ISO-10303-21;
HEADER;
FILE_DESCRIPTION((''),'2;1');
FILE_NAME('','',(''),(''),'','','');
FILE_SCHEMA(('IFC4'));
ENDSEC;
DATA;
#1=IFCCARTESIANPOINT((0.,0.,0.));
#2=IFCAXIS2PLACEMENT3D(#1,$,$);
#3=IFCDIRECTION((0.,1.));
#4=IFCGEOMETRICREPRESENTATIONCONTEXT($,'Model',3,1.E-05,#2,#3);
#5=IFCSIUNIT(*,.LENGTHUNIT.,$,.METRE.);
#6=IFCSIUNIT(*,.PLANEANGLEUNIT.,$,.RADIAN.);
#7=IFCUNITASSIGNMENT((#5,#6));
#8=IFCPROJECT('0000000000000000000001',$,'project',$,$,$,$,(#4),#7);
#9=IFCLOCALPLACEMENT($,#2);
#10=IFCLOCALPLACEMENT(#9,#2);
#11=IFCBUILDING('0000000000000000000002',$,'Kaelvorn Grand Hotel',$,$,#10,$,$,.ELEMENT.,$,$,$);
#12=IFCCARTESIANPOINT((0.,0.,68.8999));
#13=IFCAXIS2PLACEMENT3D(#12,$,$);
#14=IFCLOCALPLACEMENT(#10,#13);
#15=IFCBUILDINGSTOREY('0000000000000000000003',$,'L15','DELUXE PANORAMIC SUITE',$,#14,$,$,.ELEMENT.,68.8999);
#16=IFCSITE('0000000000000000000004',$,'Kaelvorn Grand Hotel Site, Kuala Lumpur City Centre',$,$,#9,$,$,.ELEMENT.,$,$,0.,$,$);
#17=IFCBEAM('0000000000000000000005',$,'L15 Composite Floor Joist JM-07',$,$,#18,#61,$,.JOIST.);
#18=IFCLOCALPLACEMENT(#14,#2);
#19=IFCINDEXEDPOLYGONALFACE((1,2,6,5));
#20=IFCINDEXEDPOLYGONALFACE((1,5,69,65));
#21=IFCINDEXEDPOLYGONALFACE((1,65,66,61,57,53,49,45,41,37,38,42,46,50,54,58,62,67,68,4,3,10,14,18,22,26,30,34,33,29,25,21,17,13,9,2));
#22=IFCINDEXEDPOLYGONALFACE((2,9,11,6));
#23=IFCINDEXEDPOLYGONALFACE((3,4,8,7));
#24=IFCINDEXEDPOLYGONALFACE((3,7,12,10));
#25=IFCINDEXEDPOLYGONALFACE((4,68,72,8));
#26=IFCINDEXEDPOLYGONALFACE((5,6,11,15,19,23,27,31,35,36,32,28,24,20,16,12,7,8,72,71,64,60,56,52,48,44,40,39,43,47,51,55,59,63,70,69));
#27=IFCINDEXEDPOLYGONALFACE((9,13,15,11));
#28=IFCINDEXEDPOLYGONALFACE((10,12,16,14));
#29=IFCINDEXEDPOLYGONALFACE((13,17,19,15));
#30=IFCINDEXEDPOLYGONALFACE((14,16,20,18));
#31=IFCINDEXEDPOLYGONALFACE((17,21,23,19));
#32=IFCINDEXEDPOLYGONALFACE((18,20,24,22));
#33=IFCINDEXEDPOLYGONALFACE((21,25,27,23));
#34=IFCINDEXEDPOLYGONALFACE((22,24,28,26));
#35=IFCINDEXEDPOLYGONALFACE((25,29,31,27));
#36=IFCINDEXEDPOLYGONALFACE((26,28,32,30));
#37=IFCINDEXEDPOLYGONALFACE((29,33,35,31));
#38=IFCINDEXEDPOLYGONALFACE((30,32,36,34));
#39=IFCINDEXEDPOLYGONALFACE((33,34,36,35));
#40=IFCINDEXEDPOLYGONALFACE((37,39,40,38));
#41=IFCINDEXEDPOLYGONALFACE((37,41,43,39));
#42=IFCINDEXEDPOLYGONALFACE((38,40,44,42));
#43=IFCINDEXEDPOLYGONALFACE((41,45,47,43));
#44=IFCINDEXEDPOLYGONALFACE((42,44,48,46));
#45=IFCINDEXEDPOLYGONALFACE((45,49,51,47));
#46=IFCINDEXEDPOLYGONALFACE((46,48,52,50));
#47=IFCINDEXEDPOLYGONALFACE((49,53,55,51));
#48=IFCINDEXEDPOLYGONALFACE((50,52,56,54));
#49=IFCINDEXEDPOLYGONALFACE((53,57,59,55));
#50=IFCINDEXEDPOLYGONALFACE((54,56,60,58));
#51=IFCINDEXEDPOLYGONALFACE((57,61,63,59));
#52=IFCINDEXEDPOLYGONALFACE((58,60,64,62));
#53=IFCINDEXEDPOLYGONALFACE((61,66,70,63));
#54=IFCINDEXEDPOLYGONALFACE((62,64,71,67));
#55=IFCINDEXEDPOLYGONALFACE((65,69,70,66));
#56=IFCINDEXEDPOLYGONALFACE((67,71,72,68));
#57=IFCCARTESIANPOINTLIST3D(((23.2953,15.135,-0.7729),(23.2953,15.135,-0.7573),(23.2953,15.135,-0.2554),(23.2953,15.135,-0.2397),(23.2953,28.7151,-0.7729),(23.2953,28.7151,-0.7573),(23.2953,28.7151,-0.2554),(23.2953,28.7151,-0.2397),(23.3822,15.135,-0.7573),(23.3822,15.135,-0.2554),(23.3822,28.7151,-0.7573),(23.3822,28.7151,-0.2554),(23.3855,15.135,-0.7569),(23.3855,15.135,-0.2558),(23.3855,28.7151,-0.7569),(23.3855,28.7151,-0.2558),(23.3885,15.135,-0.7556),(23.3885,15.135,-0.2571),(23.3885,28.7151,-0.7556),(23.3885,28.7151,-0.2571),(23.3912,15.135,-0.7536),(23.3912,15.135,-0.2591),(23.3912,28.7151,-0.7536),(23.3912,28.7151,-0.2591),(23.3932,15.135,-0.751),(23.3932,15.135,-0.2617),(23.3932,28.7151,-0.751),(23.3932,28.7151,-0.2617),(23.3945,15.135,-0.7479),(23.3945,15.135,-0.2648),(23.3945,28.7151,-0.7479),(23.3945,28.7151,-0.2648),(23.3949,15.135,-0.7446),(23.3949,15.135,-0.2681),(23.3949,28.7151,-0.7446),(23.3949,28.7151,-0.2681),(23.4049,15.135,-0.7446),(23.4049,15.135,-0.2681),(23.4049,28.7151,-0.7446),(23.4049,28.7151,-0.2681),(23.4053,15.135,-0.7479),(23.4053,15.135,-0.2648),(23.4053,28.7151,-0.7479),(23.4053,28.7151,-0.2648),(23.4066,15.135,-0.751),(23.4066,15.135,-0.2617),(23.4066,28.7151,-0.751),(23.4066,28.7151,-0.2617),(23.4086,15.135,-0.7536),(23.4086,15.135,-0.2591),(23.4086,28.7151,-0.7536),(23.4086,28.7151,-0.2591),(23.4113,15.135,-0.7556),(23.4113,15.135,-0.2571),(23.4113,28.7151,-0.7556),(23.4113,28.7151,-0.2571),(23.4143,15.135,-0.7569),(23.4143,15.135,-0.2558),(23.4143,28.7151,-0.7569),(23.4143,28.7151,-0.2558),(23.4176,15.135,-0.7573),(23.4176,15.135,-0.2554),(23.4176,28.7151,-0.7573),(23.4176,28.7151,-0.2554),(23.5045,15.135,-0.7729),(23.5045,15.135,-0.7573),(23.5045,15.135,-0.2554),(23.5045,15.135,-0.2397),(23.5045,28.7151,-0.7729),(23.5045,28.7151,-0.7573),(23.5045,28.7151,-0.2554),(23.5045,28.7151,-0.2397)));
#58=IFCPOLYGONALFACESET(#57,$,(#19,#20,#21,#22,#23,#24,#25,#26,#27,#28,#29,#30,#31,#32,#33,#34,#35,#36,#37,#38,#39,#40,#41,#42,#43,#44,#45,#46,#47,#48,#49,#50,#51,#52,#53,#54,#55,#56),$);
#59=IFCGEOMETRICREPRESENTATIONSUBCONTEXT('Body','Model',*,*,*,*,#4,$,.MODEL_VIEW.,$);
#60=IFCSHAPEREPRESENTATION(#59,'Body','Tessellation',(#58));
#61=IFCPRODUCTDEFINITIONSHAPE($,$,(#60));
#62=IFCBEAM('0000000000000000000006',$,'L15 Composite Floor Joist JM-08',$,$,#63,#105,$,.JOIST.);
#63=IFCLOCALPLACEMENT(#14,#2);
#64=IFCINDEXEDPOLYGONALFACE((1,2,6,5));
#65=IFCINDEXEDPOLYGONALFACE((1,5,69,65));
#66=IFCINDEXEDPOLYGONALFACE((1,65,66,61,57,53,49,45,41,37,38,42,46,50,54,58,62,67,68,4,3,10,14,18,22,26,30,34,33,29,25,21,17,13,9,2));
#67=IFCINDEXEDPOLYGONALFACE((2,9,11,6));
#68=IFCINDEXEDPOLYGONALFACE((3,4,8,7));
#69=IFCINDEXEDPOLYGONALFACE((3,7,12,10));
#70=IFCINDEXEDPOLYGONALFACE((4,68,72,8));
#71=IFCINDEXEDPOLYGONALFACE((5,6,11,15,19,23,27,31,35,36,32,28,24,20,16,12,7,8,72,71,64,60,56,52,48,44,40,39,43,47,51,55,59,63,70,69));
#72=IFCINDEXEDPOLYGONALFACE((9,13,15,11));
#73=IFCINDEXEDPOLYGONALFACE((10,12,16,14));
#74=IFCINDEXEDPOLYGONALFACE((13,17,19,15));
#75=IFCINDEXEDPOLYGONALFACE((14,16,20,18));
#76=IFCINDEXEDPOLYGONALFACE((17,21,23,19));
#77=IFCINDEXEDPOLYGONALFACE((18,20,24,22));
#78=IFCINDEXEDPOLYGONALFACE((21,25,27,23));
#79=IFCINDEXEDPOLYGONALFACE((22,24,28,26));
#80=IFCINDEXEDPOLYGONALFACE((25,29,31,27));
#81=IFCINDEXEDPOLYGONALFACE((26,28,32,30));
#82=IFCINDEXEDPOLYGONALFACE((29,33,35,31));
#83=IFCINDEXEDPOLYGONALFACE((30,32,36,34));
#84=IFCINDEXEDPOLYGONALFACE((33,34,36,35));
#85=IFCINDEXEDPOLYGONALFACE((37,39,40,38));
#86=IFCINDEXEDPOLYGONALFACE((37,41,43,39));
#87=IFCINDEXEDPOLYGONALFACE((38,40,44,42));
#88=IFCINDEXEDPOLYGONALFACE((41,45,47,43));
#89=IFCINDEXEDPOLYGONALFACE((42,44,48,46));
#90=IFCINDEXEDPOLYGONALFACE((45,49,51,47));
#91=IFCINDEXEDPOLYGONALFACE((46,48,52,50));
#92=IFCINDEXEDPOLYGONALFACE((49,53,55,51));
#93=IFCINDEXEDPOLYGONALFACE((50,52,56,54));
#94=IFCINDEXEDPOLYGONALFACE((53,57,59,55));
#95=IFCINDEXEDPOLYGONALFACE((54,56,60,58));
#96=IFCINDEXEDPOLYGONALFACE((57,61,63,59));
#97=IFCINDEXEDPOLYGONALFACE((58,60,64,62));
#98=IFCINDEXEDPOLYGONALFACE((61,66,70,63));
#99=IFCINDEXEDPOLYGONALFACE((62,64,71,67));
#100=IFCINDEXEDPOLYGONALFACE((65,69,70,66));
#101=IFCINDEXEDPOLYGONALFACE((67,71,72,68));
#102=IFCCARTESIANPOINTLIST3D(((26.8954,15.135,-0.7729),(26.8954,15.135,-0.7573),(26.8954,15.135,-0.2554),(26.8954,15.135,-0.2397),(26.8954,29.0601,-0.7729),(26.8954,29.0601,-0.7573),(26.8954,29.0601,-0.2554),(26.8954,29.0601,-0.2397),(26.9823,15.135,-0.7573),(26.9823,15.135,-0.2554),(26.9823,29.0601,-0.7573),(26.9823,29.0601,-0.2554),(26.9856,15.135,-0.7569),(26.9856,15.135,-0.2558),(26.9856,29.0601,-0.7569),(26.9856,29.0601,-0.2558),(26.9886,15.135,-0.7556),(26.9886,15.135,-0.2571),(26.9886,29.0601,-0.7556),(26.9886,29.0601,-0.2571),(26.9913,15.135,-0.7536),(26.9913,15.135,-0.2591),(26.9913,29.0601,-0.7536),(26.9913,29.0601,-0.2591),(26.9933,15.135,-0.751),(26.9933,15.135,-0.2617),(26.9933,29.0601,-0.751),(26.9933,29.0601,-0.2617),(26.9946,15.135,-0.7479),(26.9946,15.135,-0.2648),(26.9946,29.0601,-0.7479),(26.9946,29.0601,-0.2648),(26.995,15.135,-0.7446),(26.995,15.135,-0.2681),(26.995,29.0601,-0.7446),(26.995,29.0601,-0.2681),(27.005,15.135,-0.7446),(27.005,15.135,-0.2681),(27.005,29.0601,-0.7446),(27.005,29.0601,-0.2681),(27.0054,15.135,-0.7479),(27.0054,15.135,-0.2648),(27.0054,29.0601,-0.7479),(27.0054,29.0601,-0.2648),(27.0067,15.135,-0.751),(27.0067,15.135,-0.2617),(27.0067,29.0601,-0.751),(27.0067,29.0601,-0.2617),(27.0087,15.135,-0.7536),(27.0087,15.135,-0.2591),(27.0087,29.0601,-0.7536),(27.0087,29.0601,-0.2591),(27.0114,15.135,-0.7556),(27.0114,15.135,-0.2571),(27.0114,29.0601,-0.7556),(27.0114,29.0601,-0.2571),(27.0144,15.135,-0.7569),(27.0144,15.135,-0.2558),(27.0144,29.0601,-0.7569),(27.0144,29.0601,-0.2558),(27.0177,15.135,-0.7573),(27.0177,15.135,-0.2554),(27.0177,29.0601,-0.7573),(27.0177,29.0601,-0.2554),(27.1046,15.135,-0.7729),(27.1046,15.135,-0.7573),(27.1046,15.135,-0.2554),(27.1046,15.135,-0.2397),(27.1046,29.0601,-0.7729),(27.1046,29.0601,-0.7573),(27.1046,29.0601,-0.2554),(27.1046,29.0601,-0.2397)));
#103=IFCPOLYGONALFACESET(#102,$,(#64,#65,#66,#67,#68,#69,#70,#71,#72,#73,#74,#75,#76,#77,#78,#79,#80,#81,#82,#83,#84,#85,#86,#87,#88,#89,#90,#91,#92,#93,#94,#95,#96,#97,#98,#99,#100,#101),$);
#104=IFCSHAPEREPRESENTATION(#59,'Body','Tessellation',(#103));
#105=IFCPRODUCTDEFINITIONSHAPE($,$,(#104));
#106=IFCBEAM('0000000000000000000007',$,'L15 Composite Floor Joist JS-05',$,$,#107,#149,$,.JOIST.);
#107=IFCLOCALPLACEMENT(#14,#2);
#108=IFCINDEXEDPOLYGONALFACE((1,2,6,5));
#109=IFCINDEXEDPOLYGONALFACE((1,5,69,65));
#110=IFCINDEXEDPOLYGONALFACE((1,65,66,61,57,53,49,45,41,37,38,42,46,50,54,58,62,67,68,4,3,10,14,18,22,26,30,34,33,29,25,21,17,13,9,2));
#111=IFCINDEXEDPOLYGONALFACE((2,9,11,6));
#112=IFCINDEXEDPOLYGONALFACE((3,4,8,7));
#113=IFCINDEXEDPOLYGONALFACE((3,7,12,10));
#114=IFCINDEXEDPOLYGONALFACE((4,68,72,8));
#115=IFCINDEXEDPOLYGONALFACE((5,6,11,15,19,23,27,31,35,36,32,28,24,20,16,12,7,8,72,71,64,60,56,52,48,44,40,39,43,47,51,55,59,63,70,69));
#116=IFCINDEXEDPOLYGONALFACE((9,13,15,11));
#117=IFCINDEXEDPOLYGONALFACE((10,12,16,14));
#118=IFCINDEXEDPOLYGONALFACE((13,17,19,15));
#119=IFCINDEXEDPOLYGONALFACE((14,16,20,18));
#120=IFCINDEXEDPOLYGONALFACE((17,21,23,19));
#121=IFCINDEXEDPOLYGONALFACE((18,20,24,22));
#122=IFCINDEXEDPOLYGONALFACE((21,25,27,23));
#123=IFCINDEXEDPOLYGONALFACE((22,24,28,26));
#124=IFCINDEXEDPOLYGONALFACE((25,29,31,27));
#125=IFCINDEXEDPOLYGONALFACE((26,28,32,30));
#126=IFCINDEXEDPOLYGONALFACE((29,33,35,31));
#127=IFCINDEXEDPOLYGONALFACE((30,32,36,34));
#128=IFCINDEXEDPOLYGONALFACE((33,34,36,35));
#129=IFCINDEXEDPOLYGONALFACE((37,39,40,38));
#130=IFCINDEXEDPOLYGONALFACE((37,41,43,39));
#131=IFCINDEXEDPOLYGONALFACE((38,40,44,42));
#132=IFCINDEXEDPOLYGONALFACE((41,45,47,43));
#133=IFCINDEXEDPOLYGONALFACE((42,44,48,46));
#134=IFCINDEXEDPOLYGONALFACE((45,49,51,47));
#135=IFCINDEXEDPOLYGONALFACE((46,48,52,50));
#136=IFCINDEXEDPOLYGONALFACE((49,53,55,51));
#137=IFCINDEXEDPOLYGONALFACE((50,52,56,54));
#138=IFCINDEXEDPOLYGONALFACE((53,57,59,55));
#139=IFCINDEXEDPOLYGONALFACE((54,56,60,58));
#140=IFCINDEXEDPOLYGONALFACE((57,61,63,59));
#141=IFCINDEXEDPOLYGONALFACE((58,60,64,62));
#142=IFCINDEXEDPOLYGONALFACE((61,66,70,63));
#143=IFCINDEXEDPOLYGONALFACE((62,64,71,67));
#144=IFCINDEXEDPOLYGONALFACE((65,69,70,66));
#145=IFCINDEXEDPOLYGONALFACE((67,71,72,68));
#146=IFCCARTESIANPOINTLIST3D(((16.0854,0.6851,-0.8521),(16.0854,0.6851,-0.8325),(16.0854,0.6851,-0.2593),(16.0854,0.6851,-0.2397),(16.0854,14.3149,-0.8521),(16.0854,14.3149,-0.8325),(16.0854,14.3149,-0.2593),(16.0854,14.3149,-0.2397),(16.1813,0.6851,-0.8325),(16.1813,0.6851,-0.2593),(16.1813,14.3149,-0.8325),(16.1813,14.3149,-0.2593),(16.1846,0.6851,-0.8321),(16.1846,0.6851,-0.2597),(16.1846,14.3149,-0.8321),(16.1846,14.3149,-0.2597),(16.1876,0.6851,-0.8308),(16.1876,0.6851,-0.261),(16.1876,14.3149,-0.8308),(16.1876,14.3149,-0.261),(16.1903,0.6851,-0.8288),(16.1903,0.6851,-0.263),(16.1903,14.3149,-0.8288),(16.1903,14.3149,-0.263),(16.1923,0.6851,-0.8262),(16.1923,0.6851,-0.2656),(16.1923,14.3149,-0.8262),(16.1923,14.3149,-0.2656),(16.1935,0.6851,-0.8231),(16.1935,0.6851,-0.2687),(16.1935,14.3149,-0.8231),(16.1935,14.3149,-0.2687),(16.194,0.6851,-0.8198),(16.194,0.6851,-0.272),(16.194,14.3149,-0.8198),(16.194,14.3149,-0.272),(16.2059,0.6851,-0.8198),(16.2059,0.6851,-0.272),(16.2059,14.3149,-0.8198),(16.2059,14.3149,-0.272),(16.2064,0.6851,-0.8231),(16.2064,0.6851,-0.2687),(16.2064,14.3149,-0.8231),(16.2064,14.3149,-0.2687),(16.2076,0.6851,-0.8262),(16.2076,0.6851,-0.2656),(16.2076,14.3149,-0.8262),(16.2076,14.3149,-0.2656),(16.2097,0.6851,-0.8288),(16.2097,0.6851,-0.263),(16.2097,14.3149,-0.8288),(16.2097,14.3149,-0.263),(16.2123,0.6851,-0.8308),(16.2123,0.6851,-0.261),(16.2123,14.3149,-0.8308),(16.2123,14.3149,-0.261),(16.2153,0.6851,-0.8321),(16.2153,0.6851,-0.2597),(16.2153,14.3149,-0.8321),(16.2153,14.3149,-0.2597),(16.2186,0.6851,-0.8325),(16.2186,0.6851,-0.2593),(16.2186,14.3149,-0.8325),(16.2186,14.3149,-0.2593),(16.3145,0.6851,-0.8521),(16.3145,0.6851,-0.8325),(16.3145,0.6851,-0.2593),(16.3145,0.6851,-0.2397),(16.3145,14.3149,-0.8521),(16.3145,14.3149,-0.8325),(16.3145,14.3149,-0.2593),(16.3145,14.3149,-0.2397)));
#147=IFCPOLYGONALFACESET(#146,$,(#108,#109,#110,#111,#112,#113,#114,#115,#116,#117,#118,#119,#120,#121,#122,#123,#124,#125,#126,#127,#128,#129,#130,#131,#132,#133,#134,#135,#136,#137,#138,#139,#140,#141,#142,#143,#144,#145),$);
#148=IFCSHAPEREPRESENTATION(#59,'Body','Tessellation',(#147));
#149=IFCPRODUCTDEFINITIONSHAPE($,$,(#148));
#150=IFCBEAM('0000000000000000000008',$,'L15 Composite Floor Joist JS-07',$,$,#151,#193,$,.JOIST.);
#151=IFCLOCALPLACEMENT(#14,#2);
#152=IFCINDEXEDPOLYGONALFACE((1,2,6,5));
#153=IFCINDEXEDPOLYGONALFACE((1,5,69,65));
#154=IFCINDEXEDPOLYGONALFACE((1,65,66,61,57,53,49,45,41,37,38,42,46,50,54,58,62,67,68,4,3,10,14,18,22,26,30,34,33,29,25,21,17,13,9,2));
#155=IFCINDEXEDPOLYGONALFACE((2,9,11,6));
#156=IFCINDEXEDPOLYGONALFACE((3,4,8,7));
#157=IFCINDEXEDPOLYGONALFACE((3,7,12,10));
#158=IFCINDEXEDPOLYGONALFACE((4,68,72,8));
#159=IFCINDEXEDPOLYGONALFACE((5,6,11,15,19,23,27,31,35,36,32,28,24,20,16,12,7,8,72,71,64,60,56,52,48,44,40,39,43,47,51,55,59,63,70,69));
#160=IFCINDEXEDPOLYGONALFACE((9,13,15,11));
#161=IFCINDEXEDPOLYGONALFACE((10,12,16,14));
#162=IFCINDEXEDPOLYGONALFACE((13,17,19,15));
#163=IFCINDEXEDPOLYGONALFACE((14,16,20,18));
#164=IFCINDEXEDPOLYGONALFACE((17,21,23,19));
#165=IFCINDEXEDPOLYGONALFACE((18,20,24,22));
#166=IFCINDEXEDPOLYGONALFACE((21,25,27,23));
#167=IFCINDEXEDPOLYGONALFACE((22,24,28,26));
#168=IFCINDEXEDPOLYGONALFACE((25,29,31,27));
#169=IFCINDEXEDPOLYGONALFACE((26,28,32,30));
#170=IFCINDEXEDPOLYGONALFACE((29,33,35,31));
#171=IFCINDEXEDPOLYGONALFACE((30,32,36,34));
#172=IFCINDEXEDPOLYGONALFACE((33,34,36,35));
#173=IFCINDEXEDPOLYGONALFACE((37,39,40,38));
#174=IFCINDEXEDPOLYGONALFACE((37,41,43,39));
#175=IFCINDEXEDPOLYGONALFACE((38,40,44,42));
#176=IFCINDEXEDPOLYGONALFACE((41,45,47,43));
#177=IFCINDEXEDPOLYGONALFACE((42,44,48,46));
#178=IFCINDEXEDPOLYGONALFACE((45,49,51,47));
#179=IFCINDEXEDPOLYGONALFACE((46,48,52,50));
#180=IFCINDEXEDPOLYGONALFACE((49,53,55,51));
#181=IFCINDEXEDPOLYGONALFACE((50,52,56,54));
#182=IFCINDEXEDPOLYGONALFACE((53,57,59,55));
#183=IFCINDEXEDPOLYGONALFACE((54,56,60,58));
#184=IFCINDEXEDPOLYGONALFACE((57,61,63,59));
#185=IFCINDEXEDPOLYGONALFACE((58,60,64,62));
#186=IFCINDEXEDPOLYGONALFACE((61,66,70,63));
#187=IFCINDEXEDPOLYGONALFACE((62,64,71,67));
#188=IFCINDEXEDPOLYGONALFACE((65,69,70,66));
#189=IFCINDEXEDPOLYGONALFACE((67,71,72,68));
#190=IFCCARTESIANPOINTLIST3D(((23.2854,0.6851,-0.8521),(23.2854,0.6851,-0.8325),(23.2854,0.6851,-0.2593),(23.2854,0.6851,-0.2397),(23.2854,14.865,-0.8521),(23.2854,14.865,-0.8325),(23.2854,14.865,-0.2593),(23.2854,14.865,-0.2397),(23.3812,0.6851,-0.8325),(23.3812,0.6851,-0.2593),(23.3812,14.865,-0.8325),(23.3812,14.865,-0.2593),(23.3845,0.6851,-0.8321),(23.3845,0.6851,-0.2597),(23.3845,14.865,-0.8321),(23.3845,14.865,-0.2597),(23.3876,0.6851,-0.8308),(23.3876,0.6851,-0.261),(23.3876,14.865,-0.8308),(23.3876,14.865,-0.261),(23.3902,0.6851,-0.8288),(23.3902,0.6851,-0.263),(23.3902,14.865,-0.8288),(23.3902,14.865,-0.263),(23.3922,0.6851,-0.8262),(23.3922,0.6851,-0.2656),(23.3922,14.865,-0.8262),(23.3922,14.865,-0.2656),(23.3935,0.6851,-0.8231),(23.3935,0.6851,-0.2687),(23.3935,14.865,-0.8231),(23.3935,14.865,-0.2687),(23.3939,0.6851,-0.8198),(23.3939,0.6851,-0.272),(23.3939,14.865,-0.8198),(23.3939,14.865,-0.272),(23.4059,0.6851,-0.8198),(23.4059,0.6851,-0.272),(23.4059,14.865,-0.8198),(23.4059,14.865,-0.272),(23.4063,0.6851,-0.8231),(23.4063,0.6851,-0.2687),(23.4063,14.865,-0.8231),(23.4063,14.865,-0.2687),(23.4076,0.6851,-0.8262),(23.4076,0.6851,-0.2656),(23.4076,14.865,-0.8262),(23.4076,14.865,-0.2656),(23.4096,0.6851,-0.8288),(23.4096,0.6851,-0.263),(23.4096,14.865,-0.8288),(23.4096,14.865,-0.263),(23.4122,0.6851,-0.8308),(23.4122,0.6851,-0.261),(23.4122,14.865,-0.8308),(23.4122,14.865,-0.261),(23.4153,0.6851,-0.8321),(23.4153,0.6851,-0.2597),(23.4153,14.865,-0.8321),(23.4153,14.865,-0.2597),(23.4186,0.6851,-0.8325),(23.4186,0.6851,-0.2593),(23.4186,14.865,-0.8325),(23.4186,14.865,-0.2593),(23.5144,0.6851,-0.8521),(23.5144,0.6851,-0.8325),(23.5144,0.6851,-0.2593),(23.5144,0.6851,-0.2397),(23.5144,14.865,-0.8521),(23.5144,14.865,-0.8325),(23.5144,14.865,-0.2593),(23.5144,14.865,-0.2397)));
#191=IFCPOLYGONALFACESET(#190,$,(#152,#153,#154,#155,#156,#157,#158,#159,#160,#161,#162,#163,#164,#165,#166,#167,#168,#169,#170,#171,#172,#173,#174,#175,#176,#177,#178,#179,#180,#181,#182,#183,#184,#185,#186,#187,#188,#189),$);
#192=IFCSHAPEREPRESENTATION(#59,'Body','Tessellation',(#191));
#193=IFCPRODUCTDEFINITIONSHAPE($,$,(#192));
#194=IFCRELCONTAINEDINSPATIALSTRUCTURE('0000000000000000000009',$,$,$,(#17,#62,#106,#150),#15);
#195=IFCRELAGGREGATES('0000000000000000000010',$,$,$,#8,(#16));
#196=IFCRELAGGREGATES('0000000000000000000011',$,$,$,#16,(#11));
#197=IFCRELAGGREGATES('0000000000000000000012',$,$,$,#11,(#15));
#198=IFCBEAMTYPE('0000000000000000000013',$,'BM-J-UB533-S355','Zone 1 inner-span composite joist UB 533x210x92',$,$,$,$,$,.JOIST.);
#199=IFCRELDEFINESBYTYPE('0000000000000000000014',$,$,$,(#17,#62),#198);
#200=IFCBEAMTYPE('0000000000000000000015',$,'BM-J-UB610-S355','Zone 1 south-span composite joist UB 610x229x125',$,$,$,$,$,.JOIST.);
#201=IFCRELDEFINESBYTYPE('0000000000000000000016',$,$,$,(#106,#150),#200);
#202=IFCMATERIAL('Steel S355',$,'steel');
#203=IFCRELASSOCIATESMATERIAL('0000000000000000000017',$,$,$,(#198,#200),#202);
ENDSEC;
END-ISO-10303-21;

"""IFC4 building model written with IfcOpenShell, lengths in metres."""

from ifc_helpers import new_model, si_unit, direction, frame, origin, origin_2d, place, context, subcontext, project, spatial, i_section, extrude, material, material_profile, profile_set, type_object, element, save


model = new_model("IFC4")

# Units and contexts
model_context = context("Model", 3, precision=1e-05, world=origin(), true_north=direction((0.0, 1.0)))
body_context = subcontext(model_context, "Body", "Model", "MODEL_VIEW")
ifc_project = project(units=[si_unit("LENGTHUNIT", "METRE"), si_unit("PLANEANGLEUNIT", "RADIAN")], contexts=[model_context])

# Site, building, storey
site_placement = place(None, origin())
site = spatial("IfcSite", under=ifc_project, at=site_placement, Name="Kaelvorn Grand Hotel Site, Kuala Lumpur City Centre", CompositionType="ELEMENT", RefElevation=0.0)
building_placement = place(site_placement, origin())
building = spatial("IfcBuilding", under=site, at=building_placement, Name="Kaelvorn Grand Hotel", CompositionType="ELEMENT")
storey_placement = place(building_placement, frame((0.0, 0.0, 68.8999)))
storey = spatial("IfcBuildingStorey", under=building, at=storey_placement, Name="L15", Description="DELUXE PANORAMIC SUITE", CompositionType="ELEMENT", Elevation=68.8999)

# Beams
ifc_material_1 = material(Name="Steel S355", Category="steel")
ifc_material_profile_1 = material_profile(ifc_material_1, i_section(OverallWidth=0.2092, OverallDepth=0.5332, WebThickness=0.01, FlangeThickness=0.0156, FilletRadius=0.0127, at=origin_2d()), Name="UB 533x210x92")
ifc_profile_set_1 = profile_set([ifc_material_profile_1], Name="Steel S355")
beam_type_1 = type_object("IfcBeamType", Name="BM-J-UB533-S355", Description="Zone 1 inner-span composite joist UB 533x210x92", PredefinedType="JOIST", material=ifc_profile_set_1)
beam_1_placement = place(storey_placement, frame((23.3999, 15.135, -0.5063), z_axis=(0.0, 1.0, 0.0), x_axis=(-1.0, 0.0, 0.0)))
element("IfcBeam", 1, at=beam_1_placement, inside=storey, type_object=beam_type_1, Name="L15 Composite Floor Joist JM-07", PredefinedType="JOIST", context=body_context, shape_type="SweptSolid", body=[
    extrude(i_section(OverallWidth=0.2092, OverallDepth=0.5332, WebThickness=0.01, FlangeThickness=0.0156, FilletRadius=0.0127, at=origin_2d()), origin(), (0.0, 0.0, 1.0), 13.5801),
])
beam_2_placement = place(storey_placement, frame((27.0, 15.135, -0.5063), z_axis=(0.0, 1.0, 0.0), x_axis=(-1.0, 0.0, 0.0)))
element("IfcBeam", 2, at=beam_2_placement, inside=storey, type_object=beam_type_1, Name="L15 Composite Floor Joist JM-08", PredefinedType="JOIST", context=body_context, shape_type="SweptSolid", body=[
    extrude(i_section(OverallWidth=0.2092, OverallDepth=0.5332, WebThickness=0.01, FlangeThickness=0.0156, FilletRadius=0.0127, at=origin_2d()), origin(), (0.0, 0.0, 1.0), 13.925),
])
ifc_material_profile_2 = material_profile(ifc_material_1, i_section(OverallWidth=0.229, OverallDepth=0.6123, WebThickness=0.012, FlangeThickness=0.0195, FilletRadius=0.0127, at=origin_2d()), Name="UB 610x229x125")
ifc_profile_set_2 = profile_set([ifc_material_profile_2], Name="Steel S355")
beam_type_2 = type_object("IfcBeamType", Name="BM-J-UB610-S355", Description="Zone 1 south-span composite joist UB 610x229x125", PredefinedType="JOIST", material=ifc_profile_set_2)
beam_3_placement = place(storey_placement, frame((16.2, 0.6851, -0.5459), z_axis=(0.0, 1.0, 0.0), x_axis=(-1.0, 0.0, 0.0)))
element("IfcBeam", 3, at=beam_3_placement, inside=storey, type_object=beam_type_2, Name="L15 Composite Floor Joist JS-05", PredefinedType="JOIST", context=body_context, shape_type="SweptSolid", body=[
    extrude(i_section(OverallWidth=0.229, OverallDepth=0.6123, WebThickness=0.012, FlangeThickness=0.0195, FilletRadius=0.0127, at=origin_2d()), origin(), (0.0, 0.0, 1.0), 13.6299),
])
beam_4_placement = place(storey_placement, frame((23.3999, 0.6851, -0.5459), z_axis=(0.0, 1.0, 0.0), x_axis=(-1.0, 0.0, 0.0)))
element("IfcBeam", 4, at=beam_4_placement, inside=storey, type_object=beam_type_2, Name="L15 Composite Floor Joist JS-07", PredefinedType="JOIST", context=body_context, shape_type="SweptSolid", body=[
    extrude(i_section(OverallWidth=0.229, OverallDepth=0.6123, WebThickness=0.012, FlangeThickness=0.0195, FilletRadius=0.0127, at=origin_2d()), origin(), (0.0, 0.0, 1.0), 14.1799),
])

save(model, "model.ifc")
